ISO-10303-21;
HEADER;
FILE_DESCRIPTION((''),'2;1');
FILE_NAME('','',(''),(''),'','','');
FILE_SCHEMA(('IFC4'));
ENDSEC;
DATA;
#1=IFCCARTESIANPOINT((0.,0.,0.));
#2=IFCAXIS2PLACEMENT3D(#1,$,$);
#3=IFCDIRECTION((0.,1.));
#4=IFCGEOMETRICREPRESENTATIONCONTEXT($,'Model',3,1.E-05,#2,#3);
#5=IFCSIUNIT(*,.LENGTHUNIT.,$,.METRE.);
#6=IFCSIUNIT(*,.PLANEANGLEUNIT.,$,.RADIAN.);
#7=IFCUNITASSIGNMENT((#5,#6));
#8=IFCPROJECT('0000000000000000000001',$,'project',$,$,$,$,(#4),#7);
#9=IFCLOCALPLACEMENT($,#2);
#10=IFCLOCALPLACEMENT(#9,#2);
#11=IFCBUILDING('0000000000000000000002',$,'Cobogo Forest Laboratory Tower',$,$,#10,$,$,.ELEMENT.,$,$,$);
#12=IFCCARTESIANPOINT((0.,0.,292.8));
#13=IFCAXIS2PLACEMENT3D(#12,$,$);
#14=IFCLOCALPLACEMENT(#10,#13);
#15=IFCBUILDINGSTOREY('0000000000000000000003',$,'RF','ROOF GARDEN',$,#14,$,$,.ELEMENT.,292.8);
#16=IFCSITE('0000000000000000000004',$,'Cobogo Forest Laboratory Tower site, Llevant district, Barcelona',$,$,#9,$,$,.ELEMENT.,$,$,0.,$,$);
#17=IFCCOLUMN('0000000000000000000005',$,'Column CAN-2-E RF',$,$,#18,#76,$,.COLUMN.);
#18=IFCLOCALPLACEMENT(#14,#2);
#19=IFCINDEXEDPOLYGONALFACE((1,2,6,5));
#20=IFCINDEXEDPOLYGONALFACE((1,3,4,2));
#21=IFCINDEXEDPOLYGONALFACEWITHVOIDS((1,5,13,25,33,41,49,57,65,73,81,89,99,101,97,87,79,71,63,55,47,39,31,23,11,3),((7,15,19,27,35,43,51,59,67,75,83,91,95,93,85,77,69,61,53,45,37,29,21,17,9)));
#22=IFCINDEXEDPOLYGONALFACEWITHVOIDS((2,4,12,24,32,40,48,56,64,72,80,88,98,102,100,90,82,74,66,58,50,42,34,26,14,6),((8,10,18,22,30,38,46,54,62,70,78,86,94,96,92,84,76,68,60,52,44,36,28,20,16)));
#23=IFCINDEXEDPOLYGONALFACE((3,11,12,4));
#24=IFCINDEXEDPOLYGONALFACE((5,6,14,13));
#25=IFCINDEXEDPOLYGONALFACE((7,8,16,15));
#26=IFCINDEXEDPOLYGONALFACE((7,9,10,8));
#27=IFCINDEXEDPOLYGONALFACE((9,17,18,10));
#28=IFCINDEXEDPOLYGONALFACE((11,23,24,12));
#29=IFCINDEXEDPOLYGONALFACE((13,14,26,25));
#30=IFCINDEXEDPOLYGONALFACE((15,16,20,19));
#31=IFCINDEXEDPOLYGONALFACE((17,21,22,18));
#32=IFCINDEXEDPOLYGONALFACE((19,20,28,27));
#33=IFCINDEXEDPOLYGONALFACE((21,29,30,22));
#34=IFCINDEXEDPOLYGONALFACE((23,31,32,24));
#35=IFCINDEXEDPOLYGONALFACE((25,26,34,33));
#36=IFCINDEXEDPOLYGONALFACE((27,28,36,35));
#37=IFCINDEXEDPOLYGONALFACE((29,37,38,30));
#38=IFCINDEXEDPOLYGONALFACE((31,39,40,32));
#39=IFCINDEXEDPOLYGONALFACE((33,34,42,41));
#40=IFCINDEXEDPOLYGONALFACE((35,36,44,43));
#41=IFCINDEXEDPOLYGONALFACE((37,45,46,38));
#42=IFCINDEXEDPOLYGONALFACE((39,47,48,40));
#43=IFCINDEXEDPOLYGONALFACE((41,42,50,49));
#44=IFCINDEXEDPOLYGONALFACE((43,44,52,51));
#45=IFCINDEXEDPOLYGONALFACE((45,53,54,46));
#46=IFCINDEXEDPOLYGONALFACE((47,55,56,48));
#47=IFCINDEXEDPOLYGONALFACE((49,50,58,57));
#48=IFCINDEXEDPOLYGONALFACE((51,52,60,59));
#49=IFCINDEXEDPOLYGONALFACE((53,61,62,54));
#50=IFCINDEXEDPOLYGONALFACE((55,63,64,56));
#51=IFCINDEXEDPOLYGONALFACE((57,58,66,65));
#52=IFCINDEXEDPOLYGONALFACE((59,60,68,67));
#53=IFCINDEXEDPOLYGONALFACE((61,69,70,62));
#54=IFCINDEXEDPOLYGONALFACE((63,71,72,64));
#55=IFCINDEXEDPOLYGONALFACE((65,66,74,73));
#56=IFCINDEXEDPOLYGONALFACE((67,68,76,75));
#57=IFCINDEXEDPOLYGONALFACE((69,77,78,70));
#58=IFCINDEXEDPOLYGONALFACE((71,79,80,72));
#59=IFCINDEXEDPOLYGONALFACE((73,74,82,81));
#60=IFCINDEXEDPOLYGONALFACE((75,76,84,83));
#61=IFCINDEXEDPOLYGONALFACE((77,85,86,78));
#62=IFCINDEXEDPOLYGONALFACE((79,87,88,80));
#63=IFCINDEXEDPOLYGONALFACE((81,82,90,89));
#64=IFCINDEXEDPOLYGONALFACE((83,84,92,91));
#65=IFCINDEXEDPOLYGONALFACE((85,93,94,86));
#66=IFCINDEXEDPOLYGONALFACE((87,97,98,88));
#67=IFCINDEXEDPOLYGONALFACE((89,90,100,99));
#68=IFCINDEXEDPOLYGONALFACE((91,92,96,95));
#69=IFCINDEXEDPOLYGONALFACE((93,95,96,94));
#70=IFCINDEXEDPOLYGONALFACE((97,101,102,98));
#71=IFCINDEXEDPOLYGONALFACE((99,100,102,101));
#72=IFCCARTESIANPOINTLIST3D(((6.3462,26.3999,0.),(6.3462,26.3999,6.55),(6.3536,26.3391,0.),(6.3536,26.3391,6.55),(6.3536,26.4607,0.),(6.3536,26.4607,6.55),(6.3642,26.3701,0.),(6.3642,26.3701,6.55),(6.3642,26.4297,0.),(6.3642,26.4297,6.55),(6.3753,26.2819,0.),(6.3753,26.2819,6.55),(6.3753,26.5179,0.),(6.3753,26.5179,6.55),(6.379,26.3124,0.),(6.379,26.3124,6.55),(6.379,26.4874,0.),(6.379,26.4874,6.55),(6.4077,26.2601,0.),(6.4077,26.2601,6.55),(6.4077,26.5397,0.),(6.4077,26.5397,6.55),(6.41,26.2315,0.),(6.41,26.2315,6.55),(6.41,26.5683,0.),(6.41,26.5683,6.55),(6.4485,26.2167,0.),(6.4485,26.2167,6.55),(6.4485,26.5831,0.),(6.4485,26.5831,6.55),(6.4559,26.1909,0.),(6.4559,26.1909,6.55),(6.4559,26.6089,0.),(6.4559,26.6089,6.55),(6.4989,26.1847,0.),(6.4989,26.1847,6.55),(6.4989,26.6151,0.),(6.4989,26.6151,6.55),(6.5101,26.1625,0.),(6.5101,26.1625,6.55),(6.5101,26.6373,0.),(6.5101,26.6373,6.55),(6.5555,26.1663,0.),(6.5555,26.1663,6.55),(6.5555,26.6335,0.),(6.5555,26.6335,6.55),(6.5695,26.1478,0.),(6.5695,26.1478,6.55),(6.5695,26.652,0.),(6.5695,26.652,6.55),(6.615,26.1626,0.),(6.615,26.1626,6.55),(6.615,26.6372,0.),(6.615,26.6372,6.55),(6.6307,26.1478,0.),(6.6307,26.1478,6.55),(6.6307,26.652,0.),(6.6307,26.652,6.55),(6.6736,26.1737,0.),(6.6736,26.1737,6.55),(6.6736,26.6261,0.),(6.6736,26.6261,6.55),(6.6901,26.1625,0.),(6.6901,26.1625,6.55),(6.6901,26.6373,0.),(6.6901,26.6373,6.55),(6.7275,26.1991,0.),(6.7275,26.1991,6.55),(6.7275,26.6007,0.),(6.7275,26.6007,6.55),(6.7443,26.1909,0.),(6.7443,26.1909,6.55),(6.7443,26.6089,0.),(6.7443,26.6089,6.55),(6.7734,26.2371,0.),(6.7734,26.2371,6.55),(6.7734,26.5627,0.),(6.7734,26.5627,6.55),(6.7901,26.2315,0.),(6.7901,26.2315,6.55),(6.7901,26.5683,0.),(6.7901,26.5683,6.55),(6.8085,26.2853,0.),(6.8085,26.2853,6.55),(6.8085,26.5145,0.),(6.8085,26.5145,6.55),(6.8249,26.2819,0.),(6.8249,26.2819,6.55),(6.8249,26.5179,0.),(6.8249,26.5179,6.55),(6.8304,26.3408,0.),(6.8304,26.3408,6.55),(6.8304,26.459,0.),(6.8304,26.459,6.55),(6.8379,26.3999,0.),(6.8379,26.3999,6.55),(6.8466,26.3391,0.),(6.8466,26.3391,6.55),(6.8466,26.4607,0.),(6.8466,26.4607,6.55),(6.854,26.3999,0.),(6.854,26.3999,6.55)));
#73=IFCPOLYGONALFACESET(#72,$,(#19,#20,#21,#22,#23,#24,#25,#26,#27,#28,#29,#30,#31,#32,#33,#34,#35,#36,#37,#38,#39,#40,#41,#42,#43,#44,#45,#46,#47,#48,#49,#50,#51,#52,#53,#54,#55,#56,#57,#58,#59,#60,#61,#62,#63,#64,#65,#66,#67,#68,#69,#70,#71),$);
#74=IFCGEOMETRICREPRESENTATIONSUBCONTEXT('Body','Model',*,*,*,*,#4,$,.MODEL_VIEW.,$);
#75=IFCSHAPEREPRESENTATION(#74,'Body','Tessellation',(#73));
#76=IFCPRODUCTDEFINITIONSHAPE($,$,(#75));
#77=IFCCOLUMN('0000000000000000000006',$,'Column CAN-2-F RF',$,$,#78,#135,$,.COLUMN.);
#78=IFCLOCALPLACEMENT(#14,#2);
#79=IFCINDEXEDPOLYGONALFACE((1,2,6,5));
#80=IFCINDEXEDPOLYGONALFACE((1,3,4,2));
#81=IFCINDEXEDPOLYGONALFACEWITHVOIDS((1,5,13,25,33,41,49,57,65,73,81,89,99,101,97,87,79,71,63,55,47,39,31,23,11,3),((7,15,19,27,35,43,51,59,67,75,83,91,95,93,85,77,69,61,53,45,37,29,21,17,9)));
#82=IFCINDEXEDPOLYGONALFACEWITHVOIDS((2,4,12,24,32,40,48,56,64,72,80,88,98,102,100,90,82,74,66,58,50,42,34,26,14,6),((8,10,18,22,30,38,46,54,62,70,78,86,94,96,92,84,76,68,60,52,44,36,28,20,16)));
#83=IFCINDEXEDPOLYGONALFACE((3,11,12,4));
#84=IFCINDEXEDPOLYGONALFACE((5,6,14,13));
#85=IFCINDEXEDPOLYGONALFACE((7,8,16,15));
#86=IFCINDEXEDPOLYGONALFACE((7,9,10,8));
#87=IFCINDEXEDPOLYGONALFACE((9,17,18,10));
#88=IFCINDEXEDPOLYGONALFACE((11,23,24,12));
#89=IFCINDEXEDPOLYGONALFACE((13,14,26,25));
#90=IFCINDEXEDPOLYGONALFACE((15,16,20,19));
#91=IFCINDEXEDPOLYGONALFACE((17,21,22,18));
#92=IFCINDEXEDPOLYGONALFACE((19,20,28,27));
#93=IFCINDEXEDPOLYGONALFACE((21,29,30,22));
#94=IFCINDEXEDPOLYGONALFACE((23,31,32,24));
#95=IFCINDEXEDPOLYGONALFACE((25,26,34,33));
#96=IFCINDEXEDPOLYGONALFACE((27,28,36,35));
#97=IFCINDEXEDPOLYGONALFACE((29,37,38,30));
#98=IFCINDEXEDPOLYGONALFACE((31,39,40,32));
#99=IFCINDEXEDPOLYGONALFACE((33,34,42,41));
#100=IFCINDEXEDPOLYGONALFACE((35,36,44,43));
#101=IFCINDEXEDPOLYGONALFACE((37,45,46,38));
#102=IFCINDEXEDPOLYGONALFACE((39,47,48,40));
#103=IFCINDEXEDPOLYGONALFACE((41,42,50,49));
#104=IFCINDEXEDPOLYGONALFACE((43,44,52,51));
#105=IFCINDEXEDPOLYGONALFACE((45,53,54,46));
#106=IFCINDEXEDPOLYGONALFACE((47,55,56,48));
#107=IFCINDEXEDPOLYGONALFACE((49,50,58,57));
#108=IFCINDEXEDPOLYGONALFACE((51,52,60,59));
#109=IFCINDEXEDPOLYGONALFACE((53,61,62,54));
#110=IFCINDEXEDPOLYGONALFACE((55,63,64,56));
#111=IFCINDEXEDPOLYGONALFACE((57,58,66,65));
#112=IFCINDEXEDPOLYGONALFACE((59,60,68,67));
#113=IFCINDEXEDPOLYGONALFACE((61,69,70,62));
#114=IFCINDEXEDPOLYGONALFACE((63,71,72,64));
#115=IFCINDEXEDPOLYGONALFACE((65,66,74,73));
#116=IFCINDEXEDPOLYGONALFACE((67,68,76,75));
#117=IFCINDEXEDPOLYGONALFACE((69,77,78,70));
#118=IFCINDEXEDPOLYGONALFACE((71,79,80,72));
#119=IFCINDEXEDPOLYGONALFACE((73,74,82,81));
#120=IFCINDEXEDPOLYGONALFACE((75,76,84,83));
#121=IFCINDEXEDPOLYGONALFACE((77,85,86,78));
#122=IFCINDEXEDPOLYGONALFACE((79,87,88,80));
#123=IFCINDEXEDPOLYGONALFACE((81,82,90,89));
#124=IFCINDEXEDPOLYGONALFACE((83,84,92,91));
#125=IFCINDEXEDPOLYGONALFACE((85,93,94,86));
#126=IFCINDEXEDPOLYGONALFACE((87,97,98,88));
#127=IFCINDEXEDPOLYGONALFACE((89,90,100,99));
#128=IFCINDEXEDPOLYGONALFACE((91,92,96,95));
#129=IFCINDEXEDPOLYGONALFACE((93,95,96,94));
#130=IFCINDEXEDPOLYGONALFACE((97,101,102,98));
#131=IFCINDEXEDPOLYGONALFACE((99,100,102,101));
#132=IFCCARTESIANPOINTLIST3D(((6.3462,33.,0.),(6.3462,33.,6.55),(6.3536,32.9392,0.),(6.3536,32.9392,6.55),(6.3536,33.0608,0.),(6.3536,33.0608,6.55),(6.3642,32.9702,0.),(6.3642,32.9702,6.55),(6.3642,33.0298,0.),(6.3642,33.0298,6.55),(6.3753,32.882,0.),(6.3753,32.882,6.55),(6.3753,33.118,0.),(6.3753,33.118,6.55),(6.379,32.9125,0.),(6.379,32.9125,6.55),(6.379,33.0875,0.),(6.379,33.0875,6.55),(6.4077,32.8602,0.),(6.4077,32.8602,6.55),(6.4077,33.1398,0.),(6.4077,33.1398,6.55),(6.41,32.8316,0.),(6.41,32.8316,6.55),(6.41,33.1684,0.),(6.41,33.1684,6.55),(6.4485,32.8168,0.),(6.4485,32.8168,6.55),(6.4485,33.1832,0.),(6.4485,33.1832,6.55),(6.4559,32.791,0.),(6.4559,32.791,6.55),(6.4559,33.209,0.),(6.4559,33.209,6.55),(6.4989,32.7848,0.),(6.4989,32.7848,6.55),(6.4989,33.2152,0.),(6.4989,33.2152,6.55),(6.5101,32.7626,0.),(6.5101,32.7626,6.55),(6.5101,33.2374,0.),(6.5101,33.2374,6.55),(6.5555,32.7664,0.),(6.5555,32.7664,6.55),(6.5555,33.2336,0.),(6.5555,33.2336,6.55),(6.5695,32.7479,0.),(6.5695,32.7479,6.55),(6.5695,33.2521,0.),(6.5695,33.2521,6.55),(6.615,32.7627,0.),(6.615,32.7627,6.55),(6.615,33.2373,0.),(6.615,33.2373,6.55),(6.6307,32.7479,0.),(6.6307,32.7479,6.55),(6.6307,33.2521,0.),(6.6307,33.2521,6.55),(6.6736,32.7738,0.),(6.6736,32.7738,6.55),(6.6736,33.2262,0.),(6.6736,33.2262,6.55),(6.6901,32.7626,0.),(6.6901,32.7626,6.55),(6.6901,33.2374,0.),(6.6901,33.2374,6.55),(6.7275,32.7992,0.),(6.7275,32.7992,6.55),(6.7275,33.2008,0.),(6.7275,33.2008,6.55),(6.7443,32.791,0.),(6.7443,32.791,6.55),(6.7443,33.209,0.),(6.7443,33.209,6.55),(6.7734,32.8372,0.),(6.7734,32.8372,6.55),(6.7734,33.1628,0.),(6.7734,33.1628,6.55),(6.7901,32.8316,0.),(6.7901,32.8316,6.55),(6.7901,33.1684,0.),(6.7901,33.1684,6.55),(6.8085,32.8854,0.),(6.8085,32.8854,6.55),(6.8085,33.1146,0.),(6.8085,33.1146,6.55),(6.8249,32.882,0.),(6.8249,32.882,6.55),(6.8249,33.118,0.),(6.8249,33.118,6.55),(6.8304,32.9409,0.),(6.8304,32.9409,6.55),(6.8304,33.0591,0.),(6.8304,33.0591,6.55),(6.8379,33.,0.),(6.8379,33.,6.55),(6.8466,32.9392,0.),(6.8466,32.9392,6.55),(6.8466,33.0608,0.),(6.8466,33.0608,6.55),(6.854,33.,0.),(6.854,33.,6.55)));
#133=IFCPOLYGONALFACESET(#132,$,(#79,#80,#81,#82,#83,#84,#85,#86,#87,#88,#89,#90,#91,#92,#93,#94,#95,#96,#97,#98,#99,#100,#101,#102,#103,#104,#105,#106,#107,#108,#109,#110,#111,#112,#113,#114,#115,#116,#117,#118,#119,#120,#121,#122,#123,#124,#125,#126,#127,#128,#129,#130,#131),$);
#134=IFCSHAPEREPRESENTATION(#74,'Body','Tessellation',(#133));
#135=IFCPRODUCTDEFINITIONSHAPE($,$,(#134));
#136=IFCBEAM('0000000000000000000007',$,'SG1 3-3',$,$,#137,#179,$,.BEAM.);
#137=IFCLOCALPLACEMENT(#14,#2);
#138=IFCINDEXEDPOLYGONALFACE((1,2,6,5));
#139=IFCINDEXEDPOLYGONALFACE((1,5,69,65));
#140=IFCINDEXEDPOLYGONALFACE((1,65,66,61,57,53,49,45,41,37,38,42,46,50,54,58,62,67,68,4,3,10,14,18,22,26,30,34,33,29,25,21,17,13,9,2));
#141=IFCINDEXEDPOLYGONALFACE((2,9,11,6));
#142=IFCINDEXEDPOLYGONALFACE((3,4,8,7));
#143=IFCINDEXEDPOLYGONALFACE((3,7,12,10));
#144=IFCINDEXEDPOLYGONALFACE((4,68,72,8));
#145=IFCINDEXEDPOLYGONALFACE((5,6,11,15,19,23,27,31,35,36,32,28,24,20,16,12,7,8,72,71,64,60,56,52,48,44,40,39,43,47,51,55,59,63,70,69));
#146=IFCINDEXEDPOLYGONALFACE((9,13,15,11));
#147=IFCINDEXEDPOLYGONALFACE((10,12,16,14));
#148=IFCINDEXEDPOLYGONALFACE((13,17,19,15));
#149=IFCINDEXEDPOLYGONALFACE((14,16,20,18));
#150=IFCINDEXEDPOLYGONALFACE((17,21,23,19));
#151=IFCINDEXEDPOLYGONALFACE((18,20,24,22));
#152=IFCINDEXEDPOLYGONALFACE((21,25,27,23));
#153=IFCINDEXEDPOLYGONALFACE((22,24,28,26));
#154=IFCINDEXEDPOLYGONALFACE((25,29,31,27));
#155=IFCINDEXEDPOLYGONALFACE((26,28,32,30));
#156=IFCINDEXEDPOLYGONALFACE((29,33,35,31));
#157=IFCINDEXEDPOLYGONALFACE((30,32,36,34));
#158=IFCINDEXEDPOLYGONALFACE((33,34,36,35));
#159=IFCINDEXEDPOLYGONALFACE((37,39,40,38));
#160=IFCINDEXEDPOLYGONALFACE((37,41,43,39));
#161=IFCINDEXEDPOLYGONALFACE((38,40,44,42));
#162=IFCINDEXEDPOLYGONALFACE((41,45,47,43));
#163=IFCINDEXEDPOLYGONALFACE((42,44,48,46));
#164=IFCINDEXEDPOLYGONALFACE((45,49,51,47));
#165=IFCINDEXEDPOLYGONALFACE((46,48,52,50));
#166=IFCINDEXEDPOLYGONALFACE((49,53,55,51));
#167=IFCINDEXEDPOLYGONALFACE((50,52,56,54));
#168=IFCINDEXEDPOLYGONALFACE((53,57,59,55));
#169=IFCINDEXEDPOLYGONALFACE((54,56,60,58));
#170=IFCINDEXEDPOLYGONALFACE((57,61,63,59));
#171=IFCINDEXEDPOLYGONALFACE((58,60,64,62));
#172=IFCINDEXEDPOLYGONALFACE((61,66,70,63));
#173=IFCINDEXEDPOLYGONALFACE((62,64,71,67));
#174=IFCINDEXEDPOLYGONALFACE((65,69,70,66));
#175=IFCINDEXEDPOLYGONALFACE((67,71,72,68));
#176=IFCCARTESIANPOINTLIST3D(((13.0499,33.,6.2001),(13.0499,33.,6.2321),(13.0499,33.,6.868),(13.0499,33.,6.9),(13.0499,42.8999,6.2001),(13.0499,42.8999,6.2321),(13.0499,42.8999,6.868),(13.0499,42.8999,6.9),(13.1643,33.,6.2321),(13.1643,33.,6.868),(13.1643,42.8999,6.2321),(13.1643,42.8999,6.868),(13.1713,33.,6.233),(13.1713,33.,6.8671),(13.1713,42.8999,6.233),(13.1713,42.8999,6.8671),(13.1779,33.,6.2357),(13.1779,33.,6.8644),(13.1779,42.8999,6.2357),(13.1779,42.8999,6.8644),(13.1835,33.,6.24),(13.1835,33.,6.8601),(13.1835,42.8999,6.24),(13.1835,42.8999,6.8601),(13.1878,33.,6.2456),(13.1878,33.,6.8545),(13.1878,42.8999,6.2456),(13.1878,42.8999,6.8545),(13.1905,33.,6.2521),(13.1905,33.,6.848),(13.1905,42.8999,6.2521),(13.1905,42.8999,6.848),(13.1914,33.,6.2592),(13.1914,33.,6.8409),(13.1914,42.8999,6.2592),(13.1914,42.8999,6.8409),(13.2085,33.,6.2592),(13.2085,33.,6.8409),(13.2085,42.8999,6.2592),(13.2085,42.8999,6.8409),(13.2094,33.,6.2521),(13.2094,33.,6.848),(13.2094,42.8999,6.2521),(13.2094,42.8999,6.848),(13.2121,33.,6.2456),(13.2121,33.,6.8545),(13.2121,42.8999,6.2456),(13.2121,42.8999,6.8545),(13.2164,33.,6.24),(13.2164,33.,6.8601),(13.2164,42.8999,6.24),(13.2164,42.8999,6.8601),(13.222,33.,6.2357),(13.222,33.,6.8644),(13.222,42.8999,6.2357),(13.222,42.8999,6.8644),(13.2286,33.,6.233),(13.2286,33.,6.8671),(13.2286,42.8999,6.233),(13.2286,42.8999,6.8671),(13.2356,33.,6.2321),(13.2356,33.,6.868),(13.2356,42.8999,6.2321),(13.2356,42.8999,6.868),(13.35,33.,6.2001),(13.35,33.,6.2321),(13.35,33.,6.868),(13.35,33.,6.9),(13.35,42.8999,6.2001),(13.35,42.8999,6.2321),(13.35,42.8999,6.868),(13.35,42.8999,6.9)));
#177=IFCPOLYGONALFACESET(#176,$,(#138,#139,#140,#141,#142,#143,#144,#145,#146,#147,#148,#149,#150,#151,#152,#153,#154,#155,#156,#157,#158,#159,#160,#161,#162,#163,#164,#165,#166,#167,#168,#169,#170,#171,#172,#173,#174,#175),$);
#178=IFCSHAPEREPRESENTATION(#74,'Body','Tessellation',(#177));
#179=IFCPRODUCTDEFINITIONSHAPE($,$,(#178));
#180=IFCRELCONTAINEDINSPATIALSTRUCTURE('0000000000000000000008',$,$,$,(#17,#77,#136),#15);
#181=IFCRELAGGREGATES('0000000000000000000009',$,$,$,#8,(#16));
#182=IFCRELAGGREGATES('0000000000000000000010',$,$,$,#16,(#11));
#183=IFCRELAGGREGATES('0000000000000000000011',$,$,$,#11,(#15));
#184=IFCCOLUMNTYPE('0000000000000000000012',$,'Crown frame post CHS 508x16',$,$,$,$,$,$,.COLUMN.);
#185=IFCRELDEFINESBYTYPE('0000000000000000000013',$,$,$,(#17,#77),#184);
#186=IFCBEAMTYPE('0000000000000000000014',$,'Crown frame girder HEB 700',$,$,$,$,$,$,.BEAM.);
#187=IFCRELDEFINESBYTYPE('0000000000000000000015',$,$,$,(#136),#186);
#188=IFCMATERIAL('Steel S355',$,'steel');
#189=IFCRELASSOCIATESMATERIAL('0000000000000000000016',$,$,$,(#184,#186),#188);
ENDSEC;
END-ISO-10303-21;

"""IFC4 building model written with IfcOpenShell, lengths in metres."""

from ifc_helpers import new_model, si_unit, direction, frame, origin, origin_2d, place, context, subcontext, project, spatial, hollow_circle, i_section, extrude, material, material_profile, profile_set, type_object, element, save


model = new_model("IFC4")

# Units and contexts
model_context = context("Model", 3, precision=1e-05, world=origin(), true_north=direction((0.0, 1.0)))
body_context = subcontext(model_context, "Body", "Model", "MODEL_VIEW")
ifc_project = project(units=[si_unit("LENGTHUNIT", "METRE"), si_unit("PLANEANGLEUNIT", "RADIAN")], contexts=[model_context])

# Site, building, storey
site_placement = place(None, origin())
site = spatial("IfcSite", under=ifc_project, at=site_placement, Name="Cobogo Forest Laboratory Tower site, Llevant district, Barcelona", CompositionType="ELEMENT", RefElevation=0.0)
building_placement = place(site_placement, origin())
building = spatial("IfcBuilding", under=site, at=building_placement, Name="Cobogo Forest Laboratory Tower", CompositionType="ELEMENT")
storey_placement = place(building_placement, frame((0.0, 0.0, 292.8)))
storey = spatial("IfcBuildingStorey", under=building, at=storey_placement, Name="RF", Description="ROOF GARDEN", CompositionType="ELEMENT", Elevation=292.8)

# Columns
ifc_material_1 = material(Name="Steel S355", Category="steel")
ifc_material_profile_1 = material_profile(ifc_material_1, hollow_circle(Radius=0.2539, WallThickness=0.0161, at=origin_2d()), Name="CHS 508x16")
ifc_profile_set_1 = profile_set([ifc_material_profile_1], Name="Steel S355")
column_type = type_object("IfcColumnType", Name="Crown frame post CHS 508x16", PredefinedType="COLUMN", material=ifc_profile_set_1)
for number, where, z_axis, x_axis, name in (
    (1, (6.6001, 26.3999, 0.0), (0.0, 0.0, 1.0), (1.0, 0.0, 0.0), "Column CAN-2-E RF"),
    (2, (6.6001, 33.0, 0.0), (0.0, 0.0, 1.0), (1.0, 0.0, 0.0), "Column CAN-2-F RF"),
):
    element("IfcColumn", number, at=place(storey_placement, frame(where, z_axis=z_axis, x_axis=x_axis)), inside=storey, type_object=column_type, Name=name, PredefinedType="COLUMN", context=body_context, shape_type="SweptSolid", body=[
        extrude(hollow_circle(Radius=0.2539, WallThickness=0.0161, at=origin_2d()), origin(), (0.0, 0.0, 1.0), 6.55),
    ])

# Beam
ifc_material_profile_2 = material_profile(ifc_material_1, i_section(OverallWidth=0.3, OverallDepth=0.7, WebThickness=0.0171, FlangeThickness=0.032, FilletRadius=0.0271, at=origin_2d()), Name="HEB 700")
ifc_profile_set_2 = profile_set([ifc_material_profile_2], Name="Steel S355")
beam_type_1 = type_object("IfcBeamType", Name="Crown frame girder HEB 700", PredefinedType="BEAM", material=ifc_profile_set_2)
for number, where, z_axis, x_axis, name in (
    (3, (13.2, 33.0, 6.55), (0.0, 1.0, 0.0), (-1.0, 0.0, 0.0), "SG1 3-3"),
):
    element("IfcBeam", number, at=place(storey_placement, frame(where, z_axis=z_axis, x_axis=x_axis)), inside=storey, type_object=beam_type_1, Name=name, PredefinedType="BEAM", context=body_context, shape_type="SweptSolid", body=[
        extrude(i_section(OverallWidth=0.3, OverallDepth=0.7, WebThickness=0.0171, FlangeThickness=0.032, FilletRadius=0.0271, at=origin_2d()), origin(), (0.0, 0.0, 1.0), 9.8999),
    ])

save(model, "model.ifc")
